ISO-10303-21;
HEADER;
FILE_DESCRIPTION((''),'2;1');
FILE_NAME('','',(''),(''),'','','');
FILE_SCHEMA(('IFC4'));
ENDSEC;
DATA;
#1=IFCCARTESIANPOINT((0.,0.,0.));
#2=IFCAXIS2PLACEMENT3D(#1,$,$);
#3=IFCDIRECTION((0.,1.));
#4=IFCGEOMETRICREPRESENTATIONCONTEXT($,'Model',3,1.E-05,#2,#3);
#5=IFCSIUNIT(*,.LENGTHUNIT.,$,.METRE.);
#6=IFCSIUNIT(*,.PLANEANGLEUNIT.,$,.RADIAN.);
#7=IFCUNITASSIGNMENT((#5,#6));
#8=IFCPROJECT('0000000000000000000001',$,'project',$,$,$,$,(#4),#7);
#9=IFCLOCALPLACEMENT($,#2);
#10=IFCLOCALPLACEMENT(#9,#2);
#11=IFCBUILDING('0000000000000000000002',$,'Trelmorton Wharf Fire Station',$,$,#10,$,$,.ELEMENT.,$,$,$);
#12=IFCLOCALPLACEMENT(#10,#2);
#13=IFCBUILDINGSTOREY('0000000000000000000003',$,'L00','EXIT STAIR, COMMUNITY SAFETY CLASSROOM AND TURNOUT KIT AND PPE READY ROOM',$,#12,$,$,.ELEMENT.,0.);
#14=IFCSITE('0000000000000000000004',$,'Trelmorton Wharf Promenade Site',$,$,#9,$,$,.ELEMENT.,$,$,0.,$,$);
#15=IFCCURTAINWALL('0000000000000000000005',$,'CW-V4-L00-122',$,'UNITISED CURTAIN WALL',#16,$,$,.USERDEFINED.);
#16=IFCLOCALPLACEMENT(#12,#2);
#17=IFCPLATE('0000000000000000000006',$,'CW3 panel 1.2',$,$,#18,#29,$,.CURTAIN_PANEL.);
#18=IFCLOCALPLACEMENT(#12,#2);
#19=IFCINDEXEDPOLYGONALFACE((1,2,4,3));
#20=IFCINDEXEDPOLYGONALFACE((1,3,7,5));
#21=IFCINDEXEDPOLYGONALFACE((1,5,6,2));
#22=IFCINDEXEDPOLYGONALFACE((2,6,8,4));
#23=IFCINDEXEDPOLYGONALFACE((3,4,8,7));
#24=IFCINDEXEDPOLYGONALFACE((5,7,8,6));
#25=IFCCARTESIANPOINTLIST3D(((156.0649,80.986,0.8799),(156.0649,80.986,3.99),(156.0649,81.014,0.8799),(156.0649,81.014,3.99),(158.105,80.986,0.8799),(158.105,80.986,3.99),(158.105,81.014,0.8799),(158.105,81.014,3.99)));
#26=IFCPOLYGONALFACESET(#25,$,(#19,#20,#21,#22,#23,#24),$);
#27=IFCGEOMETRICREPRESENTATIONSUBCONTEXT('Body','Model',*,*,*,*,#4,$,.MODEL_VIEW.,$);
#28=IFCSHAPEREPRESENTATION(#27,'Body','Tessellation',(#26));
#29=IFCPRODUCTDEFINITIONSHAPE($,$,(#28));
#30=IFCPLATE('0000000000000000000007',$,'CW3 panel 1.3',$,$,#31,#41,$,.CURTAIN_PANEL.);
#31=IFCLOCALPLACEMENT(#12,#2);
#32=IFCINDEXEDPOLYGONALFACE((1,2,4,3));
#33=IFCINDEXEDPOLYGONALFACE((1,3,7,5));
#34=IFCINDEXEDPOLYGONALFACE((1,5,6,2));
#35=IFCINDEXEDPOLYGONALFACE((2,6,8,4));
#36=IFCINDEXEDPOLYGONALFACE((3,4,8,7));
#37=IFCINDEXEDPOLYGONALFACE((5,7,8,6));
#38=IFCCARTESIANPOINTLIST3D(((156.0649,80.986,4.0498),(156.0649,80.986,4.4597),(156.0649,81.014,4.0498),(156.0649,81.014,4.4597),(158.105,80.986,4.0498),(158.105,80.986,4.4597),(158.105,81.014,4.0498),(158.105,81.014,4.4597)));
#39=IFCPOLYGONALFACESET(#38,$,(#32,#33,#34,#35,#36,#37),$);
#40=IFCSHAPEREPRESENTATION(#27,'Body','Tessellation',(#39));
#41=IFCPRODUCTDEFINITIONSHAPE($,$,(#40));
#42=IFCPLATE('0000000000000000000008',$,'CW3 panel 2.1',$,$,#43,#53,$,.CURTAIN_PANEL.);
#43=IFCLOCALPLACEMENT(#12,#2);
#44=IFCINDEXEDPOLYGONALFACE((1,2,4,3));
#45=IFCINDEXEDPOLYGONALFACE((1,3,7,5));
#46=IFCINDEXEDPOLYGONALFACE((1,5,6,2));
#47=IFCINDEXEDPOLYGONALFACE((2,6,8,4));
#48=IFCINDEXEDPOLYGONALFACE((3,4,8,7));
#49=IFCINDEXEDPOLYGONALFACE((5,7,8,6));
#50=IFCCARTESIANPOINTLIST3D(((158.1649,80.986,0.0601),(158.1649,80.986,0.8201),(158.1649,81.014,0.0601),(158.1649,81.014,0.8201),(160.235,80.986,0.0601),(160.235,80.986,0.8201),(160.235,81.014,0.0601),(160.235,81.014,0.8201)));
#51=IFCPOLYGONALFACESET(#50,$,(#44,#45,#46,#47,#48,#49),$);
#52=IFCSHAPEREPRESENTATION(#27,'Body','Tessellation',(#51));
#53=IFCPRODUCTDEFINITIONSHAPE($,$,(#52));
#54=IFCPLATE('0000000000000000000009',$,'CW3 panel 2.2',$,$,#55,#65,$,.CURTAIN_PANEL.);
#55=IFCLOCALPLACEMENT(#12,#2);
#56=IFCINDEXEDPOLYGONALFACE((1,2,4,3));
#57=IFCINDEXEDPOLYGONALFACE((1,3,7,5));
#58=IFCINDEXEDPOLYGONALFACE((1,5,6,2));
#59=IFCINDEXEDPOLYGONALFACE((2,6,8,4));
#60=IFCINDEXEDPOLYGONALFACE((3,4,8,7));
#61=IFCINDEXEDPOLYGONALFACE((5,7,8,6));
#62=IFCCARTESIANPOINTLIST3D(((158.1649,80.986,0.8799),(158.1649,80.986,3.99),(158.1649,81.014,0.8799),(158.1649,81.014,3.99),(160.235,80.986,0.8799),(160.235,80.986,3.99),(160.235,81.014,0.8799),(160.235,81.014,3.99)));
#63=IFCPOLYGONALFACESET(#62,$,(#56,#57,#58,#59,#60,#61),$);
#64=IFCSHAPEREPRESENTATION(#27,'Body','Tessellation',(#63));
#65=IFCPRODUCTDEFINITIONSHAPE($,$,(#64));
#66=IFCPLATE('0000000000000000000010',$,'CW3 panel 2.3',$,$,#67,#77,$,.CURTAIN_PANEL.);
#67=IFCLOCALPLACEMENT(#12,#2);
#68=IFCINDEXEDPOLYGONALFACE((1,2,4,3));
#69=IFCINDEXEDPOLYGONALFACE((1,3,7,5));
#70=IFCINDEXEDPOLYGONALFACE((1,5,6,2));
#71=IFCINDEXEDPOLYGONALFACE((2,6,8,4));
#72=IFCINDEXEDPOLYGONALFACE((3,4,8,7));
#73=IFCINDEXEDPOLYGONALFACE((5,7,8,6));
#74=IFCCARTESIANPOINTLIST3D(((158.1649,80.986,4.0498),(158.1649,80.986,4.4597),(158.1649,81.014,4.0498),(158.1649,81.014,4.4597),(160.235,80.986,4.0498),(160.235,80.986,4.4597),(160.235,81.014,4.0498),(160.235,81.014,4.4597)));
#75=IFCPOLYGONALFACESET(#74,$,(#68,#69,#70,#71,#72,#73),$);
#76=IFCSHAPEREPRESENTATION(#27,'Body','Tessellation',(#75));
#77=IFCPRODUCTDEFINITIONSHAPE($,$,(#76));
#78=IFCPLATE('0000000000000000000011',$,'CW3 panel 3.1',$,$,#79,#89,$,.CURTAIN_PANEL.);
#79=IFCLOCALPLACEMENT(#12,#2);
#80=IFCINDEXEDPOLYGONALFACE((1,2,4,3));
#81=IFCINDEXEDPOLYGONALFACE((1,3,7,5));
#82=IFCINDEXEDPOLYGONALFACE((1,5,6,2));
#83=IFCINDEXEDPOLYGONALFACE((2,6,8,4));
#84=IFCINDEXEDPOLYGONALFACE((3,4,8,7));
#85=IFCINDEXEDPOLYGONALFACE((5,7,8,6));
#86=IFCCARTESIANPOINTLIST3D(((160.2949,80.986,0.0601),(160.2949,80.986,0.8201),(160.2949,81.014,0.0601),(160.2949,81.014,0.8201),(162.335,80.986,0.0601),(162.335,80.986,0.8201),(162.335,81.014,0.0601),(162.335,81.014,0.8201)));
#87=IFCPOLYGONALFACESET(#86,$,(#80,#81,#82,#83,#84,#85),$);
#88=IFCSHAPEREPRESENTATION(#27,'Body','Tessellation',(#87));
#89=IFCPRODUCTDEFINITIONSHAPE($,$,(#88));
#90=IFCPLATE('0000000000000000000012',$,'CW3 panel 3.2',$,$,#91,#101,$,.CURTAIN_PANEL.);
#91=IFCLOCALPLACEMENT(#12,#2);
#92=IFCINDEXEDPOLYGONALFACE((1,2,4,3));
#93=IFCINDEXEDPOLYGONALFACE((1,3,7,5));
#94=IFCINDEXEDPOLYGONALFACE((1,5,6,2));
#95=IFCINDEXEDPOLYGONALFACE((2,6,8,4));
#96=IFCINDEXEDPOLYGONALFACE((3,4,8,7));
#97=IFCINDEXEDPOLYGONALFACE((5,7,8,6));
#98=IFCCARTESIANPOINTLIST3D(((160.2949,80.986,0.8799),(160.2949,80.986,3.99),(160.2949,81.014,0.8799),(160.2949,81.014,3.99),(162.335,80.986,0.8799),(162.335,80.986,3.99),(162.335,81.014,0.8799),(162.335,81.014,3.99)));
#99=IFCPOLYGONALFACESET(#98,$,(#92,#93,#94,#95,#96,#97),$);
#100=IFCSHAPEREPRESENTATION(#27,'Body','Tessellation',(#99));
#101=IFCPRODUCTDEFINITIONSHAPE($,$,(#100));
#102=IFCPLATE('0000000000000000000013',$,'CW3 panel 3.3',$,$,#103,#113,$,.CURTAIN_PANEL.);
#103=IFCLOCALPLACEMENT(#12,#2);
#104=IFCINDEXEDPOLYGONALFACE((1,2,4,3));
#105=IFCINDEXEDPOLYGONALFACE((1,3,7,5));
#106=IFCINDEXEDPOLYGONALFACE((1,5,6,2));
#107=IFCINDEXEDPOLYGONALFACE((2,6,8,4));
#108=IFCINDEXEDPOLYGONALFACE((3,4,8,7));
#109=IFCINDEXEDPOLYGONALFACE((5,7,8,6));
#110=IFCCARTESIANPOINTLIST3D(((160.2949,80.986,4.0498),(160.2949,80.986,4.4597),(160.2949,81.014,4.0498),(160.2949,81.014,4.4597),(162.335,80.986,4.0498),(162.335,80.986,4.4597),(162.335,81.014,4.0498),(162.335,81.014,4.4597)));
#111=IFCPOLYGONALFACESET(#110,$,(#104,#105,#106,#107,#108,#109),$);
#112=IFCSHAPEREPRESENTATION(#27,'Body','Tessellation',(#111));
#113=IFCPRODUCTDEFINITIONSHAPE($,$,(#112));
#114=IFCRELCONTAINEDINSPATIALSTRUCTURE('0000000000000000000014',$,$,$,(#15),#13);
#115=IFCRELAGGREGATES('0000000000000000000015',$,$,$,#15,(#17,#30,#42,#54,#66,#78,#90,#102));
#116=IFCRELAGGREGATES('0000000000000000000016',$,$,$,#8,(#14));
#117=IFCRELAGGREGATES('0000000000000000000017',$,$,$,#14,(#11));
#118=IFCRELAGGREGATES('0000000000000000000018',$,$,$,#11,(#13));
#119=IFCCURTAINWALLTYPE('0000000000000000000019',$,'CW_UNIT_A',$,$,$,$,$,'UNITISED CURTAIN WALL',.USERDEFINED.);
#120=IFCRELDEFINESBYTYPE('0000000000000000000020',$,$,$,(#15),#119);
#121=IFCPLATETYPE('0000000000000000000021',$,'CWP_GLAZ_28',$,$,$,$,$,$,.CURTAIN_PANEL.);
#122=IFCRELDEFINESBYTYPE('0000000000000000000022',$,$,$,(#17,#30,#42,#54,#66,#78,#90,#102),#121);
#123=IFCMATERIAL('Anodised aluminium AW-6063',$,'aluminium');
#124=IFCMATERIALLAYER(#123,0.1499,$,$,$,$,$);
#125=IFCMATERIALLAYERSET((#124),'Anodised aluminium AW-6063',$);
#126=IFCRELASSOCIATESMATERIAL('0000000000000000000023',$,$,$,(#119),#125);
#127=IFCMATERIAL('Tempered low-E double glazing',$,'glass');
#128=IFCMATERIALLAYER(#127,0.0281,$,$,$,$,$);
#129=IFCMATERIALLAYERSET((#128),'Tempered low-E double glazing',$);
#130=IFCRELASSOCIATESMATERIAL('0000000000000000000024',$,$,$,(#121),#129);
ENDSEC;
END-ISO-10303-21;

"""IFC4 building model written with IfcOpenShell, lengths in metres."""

from ifc_helpers import new_model, si_unit, direction, frame, origin, origin_2d, place, context, subcontext, project, spatial, rectangle, extrude, material, layer, layer_set, type_object, element, aggregate, save


model = new_model("IFC4")

# Units and contexts
model_context = context("Model", 3, precision=1e-05, world=origin(), true_north=direction((0.0, 1.0)))
body_context = subcontext(model_context, "Body", "Model", "MODEL_VIEW")
ifc_project = project(units=[si_unit("LENGTHUNIT", "METRE"), si_unit("PLANEANGLEUNIT", "RADIAN")], contexts=[model_context])

# Site, building, storey
site_placement = place(None, origin())
site = spatial("IfcSite", under=ifc_project, at=site_placement, Name="Trelmorton Wharf Promenade Site", CompositionType="ELEMENT", RefElevation=0.0)
building_placement = place(site_placement, origin())
building = spatial("IfcBuilding", under=site, at=building_placement, Name="Trelmorton Wharf Fire Station", CompositionType="ELEMENT")
storey_placement = place(building_placement, origin())
storey = spatial("IfcBuildingStorey", under=building, at=storey_placement, Name="L00", Description="EXIT STAIR, COMMUNITY SAFETY CLASSROOM AND TURNOUT KIT AND PPE READY ROOM", CompositionType="ELEMENT", Elevation=0.0)

# Curtain wall, plates
ifc_material_1 = material(Name="Anodised aluminium AW-6063", Category="aluminium")
ifc_layer_1 = layer(ifc_material_1, 0.1499)
ifc_layer_set_1 = layer_set([ifc_layer_1], Name="Anodised aluminium AW-6063")
curtain_wall_type = type_object("IfcCurtainWallType", Name="CW_UNIT_A", ElementType="UNITISED CURTAIN WALL", PredefinedType="USERDEFINED", material=ifc_layer_set_1)
curtain_wall_placement = place(storey_placement, origin())
curtain_wall = element("IfcCurtainWall", 1, at=curtain_wall_placement, inside=storey, type_object=curtain_wall_type, Name="CW-V4-L00-122", ObjectType="UNITISED CURTAIN WALL", PredefinedType="USERDEFINED")
ifc_material_2 = material(Name="Tempered low-E double glazing", Category="glass")
ifc_layer_2 = layer(ifc_material_2, 0.0281)
ifc_layer_set_2 = layer_set([ifc_layer_2], Name="Tempered low-E double glazing")
plate_type = type_object("IfcPlateType", Name="CWP_GLAZ_28", PredefinedType="CURTAIN_PANEL", material=ifc_layer_set_2)
plate_1_placement = place(storey_placement, frame((157.085, 81.0, 0.8799), z_axis=(0.0, 0.0, 1.0), x_axis=(1.0, 0.0, 0.0)))
plate_1 = element("IfcPlate", 2, at=plate_1_placement, type_object=plate_type, Name="CW3 panel 1.2", PredefinedType="CURTAIN_PANEL", context=body_context, shape_type="SweptSolid", body=[
    extrude(rectangle(XDim=2.04, YDim=0.0281, at=origin_2d()), origin(), (0.0, 0.0, 1.0), 3.1101),
])
plate_2_placement = place(storey_placement, frame((157.085, 81.0, 4.0498), z_axis=(0.0, 0.0, 1.0), x_axis=(1.0, 0.0, 0.0)))
plate_2 = element("IfcPlate", 3, at=plate_2_placement, type_object=plate_type, Name="CW3 panel 1.3", PredefinedType="CURTAIN_PANEL", context=body_context, shape_type="SweptSolid", body=[
    extrude(rectangle(XDim=2.04, YDim=0.0281, at=origin_2d()), origin(), (0.0, 0.0, 1.0), 0.4099),
])
plate_3_placement = place(storey_placement, frame((159.2, 81.0, 0.0601), z_axis=(0.0, 0.0, 1.0), x_axis=(1.0, 0.0, 0.0)))
plate_3 = element("IfcPlate", 4, at=plate_3_placement, type_object=plate_type, Name="CW3 panel 2.1", PredefinedType="CURTAIN_PANEL", context=body_context, shape_type="SweptSolid", body=[
    extrude(rectangle(XDim=2.0701, YDim=0.0281, at=origin_2d()), origin(), (0.0, 0.0, 1.0), 0.76),
])
plate_4_placement = place(storey_placement, frame((159.2, 81.0, 0.8799), z_axis=(0.0, 0.0, 1.0), x_axis=(1.0, 0.0, 0.0)))
plate_4 = element("IfcPlate", 5, at=plate_4_placement, type_object=plate_type, Name="CW3 panel 2.2", PredefinedType="CURTAIN_PANEL", context=body_context, shape_type="SweptSolid", body=[
    extrude(rectangle(XDim=2.0701, YDim=0.0281, at=origin_2d()), origin(), (0.0, 0.0, 1.0), 3.1101),
])
plate_5_placement = place(storey_placement, frame((159.2, 81.0, 4.0498), z_axis=(0.0, 0.0, 1.0), x_axis=(1.0, 0.0, 0.0)))
plate_5 = element("IfcPlate", 6, at=plate_5_placement, type_object=plate_type, Name="CW3 panel 2.3", PredefinedType="CURTAIN_PANEL", context=body_context, shape_type="SweptSolid", body=[
    extrude(rectangle(XDim=2.0701, YDim=0.0281, at=origin_2d()), origin(), (0.0, 0.0, 1.0), 0.4099),
])
plate_6_placement = place(storey_placement, frame((161.3149, 81.0, 0.0601), z_axis=(0.0, 0.0, 1.0), x_axis=(1.0, 0.0, 0.0)))
plate_6 = element("IfcPlate", 7, at=plate_6_placement, type_object=plate_type, Name="CW3 panel 3.1", PredefinedType="CURTAIN_PANEL", context=body_context, shape_type="SweptSolid", body=[
    extrude(rectangle(XDim=2.04, YDim=0.0281, at=origin_2d()), origin(), (0.0, 0.0, 1.0), 0.76),
])
plate_7_placement = place(storey_placement, frame((161.3149, 81.0, 0.8799), z_axis=(0.0, 0.0, 1.0), x_axis=(1.0, 0.0, 0.0)))
plate_7 = element("IfcPlate", 8, at=plate_7_placement, type_object=plate_type, Name="CW3 panel 3.2", PredefinedType="CURTAIN_PANEL", context=body_context, shape_type="SweptSolid", body=[
    extrude(rectangle(XDim=2.04, YDim=0.0281, at=origin_2d()), origin(), (0.0, 0.0, 1.0), 3.1101),
])
plate_8_placement = place(storey_placement, frame((161.3149, 81.0, 4.0498), z_axis=(0.0, 0.0, 1.0), x_axis=(1.0, 0.0, 0.0)))
plate_8 = element("IfcPlate", 9, at=plate_8_placement, type_object=plate_type, Name="CW3 panel 3.3", PredefinedType="CURTAIN_PANEL", context=body_context, shape_type="SweptSolid", body=[
    extrude(rectangle(XDim=2.04, YDim=0.0281, at=origin_2d()), origin(), (0.0, 0.0, 1.0), 0.4099),
])
aggregate(curtain_wall, [plate_1, plate_2, plate_3, plate_4, plate_5, plate_6, plate_7, plate_8])

save(model, "model.ifc")
